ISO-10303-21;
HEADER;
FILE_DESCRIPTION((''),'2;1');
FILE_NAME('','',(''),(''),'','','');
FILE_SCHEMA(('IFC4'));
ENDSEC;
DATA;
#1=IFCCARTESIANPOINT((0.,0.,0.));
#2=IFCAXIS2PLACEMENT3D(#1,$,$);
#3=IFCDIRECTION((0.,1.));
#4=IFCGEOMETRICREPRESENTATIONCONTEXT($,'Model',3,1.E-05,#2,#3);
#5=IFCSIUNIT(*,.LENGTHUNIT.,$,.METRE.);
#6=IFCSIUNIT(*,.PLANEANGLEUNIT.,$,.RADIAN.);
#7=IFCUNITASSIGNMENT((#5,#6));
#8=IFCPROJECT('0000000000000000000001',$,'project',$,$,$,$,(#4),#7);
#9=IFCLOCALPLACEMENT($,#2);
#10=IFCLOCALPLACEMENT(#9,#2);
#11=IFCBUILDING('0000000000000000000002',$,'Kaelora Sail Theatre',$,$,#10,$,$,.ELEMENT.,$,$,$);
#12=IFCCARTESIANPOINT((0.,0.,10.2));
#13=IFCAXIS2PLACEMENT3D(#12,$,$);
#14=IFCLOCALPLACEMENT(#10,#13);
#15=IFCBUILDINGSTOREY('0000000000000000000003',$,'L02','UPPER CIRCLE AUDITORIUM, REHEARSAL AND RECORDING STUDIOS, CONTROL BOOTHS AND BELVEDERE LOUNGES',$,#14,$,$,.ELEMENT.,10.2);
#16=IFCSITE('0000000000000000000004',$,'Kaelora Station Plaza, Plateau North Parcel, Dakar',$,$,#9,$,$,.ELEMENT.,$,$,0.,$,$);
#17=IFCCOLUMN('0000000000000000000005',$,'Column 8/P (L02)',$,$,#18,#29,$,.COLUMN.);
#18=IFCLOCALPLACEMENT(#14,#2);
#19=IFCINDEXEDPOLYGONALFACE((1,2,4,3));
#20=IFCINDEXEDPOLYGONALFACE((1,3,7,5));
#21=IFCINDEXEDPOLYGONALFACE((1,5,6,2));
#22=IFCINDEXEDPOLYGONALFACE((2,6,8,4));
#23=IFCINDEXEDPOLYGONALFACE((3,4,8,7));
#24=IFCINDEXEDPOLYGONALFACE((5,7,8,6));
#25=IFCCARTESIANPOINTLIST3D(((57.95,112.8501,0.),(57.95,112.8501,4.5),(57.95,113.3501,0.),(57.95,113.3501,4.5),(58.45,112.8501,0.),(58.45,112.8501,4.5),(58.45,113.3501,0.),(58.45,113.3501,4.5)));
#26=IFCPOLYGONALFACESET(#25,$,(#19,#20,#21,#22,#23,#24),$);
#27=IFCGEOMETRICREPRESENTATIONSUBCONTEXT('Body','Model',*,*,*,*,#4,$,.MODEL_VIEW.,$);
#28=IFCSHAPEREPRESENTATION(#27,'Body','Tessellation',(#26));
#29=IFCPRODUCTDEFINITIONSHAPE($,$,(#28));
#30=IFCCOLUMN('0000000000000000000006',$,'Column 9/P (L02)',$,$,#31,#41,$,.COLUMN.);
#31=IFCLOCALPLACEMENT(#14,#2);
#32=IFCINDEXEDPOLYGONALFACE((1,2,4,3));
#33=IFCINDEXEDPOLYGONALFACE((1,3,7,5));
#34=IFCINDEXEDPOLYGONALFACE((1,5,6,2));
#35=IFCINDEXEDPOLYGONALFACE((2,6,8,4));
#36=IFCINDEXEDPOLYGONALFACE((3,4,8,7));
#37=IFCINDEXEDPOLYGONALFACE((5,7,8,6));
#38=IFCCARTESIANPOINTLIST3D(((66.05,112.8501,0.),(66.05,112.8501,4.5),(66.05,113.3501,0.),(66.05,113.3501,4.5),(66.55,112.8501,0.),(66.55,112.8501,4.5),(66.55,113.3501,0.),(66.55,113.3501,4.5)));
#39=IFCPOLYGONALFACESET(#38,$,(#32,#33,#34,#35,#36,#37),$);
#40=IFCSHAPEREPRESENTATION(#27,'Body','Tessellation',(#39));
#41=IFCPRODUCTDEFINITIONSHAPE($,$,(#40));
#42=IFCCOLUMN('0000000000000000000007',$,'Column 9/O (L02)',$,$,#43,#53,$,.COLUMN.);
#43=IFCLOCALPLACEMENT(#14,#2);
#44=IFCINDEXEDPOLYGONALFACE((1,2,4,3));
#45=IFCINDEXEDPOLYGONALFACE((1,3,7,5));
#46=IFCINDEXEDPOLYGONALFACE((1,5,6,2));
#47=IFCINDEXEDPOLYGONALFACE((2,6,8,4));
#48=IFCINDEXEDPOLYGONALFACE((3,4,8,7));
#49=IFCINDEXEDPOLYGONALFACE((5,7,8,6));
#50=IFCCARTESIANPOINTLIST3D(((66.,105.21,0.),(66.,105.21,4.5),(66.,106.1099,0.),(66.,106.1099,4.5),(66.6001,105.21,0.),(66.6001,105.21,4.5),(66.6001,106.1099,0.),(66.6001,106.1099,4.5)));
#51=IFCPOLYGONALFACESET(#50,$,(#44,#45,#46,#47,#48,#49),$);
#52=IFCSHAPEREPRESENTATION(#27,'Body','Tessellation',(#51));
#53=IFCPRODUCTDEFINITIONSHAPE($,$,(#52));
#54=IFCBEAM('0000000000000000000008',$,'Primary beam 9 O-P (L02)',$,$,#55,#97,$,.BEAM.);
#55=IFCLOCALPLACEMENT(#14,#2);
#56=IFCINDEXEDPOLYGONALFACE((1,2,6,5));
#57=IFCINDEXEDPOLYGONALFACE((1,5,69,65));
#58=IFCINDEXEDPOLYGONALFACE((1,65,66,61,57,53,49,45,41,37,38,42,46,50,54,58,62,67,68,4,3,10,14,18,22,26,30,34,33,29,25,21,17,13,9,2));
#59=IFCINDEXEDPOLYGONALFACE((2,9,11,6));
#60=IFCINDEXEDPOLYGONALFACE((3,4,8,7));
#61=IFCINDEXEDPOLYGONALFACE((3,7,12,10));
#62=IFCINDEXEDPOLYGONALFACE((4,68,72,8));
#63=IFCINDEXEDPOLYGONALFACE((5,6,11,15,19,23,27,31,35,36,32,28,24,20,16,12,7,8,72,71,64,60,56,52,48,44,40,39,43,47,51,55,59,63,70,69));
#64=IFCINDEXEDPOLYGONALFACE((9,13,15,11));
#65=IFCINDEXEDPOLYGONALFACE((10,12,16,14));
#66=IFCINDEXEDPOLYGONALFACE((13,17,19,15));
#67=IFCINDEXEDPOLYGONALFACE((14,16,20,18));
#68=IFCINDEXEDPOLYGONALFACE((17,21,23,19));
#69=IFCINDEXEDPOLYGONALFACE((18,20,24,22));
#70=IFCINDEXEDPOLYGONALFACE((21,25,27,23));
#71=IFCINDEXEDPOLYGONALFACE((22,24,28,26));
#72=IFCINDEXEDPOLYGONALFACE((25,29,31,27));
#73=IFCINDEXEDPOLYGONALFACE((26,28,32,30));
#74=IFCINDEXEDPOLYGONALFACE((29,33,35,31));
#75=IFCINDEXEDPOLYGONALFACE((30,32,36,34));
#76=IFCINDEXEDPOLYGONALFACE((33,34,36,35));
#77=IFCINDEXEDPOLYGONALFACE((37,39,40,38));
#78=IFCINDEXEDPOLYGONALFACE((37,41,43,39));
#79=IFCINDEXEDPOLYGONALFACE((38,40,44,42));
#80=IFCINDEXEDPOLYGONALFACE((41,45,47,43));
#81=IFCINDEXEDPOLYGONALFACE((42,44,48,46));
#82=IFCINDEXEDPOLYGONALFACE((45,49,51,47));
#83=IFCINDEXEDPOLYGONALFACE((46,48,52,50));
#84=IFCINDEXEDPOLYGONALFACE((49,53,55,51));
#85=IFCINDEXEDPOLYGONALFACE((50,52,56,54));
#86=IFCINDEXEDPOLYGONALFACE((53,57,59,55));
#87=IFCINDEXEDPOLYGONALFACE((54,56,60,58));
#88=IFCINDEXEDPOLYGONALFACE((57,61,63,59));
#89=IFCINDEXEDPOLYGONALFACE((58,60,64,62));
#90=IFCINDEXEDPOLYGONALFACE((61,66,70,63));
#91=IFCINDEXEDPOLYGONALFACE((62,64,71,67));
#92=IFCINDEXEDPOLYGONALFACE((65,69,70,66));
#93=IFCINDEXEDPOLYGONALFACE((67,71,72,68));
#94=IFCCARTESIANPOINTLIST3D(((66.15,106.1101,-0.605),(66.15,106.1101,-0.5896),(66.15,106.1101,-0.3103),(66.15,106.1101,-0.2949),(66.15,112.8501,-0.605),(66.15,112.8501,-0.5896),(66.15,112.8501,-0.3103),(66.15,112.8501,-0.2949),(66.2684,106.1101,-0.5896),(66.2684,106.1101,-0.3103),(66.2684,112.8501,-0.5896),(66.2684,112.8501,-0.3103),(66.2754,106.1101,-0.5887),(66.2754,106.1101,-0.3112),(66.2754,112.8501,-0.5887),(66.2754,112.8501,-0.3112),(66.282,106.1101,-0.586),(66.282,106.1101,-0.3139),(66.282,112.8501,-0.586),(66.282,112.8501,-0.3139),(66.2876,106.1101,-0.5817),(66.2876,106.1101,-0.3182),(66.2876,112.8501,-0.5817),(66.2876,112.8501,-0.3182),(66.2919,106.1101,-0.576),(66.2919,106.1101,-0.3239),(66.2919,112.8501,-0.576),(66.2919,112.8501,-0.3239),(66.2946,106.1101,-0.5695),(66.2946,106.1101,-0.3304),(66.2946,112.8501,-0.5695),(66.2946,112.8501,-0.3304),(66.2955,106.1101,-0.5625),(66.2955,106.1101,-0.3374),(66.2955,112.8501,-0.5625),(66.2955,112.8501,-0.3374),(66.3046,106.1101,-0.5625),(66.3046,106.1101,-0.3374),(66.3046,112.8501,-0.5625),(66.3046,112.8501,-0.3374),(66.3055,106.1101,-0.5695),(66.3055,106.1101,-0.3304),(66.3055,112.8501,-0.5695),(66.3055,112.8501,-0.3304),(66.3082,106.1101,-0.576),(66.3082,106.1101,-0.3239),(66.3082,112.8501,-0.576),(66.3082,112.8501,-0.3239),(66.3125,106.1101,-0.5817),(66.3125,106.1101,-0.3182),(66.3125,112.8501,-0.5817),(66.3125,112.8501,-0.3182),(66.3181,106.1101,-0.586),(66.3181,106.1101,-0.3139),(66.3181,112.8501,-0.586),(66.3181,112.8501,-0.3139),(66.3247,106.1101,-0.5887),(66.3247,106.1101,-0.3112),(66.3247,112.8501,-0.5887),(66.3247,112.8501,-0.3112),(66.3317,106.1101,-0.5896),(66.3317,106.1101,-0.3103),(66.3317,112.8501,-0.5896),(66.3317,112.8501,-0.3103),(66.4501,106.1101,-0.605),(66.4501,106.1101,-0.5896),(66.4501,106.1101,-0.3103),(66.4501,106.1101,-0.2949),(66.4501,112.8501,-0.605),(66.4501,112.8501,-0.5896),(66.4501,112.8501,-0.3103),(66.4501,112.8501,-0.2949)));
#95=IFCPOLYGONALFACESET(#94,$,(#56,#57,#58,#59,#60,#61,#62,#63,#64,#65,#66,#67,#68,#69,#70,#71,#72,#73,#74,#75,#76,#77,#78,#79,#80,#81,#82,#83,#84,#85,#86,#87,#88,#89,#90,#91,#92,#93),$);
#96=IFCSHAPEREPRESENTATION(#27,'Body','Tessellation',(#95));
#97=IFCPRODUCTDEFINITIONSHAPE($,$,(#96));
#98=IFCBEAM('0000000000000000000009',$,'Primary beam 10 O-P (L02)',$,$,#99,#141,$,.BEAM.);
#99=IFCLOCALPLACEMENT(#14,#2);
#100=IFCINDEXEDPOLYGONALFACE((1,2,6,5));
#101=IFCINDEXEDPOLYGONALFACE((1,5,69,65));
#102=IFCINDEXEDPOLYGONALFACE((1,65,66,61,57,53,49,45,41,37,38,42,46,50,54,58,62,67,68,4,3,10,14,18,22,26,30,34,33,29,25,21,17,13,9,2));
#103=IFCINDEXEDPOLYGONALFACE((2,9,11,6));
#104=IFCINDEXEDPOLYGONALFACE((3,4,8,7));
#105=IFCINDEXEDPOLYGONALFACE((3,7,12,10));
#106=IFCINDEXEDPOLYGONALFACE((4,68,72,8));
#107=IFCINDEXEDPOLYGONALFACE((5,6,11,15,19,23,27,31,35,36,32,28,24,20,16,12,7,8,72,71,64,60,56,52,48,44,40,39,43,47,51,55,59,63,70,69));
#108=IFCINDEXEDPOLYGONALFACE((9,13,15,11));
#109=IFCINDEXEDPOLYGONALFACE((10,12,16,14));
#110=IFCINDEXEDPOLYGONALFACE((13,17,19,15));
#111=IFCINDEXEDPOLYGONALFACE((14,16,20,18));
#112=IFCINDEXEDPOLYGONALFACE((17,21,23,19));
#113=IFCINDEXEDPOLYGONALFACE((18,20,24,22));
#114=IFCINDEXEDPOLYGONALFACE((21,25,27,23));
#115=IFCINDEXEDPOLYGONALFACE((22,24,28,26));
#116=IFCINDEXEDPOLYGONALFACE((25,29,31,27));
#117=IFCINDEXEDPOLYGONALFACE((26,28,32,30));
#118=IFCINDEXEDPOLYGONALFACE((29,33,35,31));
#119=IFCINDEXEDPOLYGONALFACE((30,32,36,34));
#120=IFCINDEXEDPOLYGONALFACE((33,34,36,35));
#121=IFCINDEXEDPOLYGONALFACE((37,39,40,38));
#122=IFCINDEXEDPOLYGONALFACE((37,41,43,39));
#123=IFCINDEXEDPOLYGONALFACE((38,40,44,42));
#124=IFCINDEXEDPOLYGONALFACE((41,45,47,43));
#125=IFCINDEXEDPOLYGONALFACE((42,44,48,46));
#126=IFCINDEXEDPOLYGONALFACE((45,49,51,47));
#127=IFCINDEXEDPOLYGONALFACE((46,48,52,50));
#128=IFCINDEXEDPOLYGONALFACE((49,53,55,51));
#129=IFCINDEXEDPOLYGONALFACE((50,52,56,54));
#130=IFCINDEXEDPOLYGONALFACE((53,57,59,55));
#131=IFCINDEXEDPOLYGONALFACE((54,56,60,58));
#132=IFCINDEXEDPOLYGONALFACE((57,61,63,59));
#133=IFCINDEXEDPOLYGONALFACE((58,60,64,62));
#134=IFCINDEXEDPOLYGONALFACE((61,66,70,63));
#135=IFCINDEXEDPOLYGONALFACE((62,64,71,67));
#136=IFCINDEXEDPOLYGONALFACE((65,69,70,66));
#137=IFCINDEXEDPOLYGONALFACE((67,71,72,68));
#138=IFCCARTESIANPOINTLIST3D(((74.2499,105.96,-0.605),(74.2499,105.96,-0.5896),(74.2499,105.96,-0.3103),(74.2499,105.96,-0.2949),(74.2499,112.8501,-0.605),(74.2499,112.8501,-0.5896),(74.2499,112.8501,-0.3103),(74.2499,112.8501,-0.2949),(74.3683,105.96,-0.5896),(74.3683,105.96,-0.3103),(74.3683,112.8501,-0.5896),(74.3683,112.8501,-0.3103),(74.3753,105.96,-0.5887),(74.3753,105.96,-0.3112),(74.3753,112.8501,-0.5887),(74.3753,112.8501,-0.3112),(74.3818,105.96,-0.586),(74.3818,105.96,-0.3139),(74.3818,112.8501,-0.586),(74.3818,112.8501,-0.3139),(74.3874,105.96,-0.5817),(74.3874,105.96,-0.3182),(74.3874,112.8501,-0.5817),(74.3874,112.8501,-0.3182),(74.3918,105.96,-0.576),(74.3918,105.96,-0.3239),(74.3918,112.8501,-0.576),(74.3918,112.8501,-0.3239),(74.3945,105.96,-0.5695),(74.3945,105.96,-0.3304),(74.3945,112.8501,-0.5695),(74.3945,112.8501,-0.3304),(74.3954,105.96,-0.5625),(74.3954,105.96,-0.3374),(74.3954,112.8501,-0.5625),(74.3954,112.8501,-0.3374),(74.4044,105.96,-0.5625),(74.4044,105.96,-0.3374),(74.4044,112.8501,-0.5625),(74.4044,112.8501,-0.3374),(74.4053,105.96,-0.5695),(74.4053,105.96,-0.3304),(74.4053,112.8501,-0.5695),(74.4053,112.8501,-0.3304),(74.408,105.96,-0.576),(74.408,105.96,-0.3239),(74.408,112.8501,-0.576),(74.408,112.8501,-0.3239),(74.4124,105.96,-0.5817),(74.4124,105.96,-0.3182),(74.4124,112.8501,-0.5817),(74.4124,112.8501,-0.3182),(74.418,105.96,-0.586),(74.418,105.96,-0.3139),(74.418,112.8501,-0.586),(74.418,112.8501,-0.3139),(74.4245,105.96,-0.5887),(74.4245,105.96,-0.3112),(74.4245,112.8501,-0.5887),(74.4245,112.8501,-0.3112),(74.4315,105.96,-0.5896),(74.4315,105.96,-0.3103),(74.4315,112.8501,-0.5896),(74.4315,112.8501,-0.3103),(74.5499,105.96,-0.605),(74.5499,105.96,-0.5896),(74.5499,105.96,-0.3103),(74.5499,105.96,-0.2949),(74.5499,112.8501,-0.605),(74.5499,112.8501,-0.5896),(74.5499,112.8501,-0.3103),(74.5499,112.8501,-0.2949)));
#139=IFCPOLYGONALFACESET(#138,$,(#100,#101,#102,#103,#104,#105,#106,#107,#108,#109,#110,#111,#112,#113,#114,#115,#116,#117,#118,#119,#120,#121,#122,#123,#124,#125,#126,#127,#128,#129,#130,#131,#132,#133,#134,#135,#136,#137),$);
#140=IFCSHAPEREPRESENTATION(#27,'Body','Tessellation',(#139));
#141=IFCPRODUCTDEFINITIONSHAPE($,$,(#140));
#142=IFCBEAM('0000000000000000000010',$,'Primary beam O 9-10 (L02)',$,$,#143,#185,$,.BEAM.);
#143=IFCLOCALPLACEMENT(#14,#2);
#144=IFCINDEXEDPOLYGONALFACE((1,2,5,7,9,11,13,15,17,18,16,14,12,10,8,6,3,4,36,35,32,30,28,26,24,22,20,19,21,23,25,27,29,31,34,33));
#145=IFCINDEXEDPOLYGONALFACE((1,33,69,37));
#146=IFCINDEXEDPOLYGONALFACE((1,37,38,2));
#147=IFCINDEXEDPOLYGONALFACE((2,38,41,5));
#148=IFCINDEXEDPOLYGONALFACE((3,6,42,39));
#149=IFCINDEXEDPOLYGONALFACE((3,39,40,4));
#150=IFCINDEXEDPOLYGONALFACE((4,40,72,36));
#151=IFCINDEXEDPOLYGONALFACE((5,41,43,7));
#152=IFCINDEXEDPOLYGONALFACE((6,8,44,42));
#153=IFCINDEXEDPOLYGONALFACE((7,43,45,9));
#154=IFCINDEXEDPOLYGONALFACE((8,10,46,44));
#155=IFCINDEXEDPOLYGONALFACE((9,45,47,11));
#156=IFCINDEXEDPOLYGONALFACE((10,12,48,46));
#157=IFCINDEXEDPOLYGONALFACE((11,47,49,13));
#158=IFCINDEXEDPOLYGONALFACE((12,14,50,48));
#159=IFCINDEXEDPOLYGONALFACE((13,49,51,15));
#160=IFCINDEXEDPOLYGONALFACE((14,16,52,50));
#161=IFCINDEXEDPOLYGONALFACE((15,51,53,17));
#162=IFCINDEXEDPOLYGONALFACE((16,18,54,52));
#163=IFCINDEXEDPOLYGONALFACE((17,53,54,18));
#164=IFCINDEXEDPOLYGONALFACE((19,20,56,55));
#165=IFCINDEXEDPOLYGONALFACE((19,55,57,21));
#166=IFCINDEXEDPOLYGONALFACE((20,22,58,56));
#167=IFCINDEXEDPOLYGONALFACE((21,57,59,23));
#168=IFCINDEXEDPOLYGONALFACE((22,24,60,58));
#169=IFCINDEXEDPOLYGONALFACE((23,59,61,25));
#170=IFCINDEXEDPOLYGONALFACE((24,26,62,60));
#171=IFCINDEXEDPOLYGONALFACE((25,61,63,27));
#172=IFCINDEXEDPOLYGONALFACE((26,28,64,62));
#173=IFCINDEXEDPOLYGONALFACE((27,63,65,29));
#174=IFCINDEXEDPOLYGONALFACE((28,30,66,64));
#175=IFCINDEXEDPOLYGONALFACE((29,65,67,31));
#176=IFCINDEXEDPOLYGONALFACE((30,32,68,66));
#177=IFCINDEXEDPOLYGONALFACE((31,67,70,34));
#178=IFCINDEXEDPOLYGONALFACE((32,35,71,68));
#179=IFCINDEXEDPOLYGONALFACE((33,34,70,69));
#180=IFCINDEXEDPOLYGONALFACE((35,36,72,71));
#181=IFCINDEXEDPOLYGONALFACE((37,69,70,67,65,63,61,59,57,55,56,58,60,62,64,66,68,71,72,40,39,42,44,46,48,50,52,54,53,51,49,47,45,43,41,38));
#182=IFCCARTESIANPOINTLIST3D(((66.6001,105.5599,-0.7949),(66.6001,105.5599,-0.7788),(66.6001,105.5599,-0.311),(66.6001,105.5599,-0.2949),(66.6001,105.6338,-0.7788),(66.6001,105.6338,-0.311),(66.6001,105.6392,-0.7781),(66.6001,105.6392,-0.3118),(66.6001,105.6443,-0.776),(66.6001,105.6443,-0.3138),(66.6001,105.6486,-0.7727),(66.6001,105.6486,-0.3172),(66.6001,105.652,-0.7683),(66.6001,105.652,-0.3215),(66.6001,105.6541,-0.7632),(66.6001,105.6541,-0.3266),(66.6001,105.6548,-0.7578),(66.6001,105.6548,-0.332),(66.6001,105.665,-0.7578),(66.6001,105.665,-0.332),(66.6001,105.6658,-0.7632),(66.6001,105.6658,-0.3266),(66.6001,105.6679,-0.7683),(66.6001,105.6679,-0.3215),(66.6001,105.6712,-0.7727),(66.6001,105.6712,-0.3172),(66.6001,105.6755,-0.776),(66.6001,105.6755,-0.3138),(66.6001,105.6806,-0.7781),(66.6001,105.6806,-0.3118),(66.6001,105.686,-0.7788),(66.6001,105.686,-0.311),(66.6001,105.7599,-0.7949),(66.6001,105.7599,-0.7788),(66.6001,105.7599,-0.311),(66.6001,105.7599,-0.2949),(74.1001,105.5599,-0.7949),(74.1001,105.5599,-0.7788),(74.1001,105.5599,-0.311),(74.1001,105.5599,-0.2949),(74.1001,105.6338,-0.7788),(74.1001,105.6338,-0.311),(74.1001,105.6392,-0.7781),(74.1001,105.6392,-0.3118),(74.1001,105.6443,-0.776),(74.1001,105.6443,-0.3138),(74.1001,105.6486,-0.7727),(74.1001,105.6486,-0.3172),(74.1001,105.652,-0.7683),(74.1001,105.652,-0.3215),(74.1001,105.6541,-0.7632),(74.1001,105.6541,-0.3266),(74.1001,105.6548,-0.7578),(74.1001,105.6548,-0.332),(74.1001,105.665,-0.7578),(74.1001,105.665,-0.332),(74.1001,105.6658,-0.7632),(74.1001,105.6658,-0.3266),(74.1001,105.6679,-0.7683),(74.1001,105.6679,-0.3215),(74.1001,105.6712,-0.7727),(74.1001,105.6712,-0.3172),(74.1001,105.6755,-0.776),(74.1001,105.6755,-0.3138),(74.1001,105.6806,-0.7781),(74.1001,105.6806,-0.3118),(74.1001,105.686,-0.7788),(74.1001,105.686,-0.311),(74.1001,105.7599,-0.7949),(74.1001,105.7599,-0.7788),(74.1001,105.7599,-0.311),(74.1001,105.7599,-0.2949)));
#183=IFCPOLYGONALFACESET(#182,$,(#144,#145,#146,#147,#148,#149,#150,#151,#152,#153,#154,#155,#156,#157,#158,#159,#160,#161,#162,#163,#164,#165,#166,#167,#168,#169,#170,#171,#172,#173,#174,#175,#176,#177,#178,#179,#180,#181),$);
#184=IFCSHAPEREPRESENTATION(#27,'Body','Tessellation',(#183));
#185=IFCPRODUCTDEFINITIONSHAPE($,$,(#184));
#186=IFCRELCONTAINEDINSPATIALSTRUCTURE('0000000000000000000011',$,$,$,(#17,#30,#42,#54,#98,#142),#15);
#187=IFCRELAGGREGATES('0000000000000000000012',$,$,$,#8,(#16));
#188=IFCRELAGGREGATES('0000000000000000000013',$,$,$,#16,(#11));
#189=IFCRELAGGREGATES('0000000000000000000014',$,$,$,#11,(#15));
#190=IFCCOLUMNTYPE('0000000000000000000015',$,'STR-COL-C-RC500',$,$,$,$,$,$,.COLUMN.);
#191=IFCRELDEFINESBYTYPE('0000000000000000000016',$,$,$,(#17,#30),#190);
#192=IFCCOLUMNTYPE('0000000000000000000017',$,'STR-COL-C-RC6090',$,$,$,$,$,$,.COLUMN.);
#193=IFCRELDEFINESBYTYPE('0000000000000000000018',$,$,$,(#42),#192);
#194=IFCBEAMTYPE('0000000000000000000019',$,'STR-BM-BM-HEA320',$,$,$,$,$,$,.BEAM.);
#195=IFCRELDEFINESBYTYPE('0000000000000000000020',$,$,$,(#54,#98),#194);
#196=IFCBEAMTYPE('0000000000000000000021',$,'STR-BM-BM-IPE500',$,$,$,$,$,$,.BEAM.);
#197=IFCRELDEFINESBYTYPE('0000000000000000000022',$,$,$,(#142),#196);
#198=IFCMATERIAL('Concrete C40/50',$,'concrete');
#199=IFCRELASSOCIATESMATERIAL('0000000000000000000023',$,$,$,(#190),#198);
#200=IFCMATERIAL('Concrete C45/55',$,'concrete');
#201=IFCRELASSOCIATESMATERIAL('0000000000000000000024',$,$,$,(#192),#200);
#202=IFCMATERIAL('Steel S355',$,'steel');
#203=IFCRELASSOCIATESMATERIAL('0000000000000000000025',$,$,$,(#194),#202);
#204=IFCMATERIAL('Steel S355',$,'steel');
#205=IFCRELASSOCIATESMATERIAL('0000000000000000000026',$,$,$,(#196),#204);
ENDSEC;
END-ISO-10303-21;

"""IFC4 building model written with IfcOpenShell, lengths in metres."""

from ifc_helpers import new_model, si_unit, direction, frame, origin, origin_2d, place, context, subcontext, project, spatial, rectangle, i_section, extrude, material, material_profile, profile_set, type_object, element, save


model = new_model("IFC4")

# Units and contexts
model_context = context("Model", 3, precision=1e-05, world=origin(), true_north=direction((0.0, 1.0)))
body_context = subcontext(model_context, "Body", "Model", "MODEL_VIEW")
ifc_project = project(units=[si_unit("LENGTHUNIT", "METRE"), si_unit("PLANEANGLEUNIT", "RADIAN")], contexts=[model_context])

# Site, building, storey
site_placement = place(None, origin())
site = spatial("IfcSite", under=ifc_project, at=site_placement, Name="Kaelora Station Plaza, Plateau North Parcel, Dakar", CompositionType="ELEMENT", RefElevation=0.0)
building_placement = place(site_placement, origin())
building = spatial("IfcBuilding", under=site, at=building_placement, Name="Kaelora Sail Theatre", CompositionType="ELEMENT")
storey_placement = place(building_placement, frame((0.0, 0.0, 10.2)))
storey = spatial("IfcBuildingStorey", under=building, at=storey_placement, Name="L02", Description="UPPER CIRCLE AUDITORIUM, REHEARSAL AND RECORDING STUDIOS, CONTROL BOOTHS AND BELVEDERE LOUNGES", CompositionType="ELEMENT", Elevation=10.2)

# Columns
ifc_material_1 = material(Name="Concrete C40/50", Category="concrete")
ifc_material_profile_1 = material_profile(ifc_material_1, rectangle(XDim=0.5, YDim=0.5, at=origin_2d()), Name="RC-COL 500x500")
ifc_profile_set_1 = profile_set([ifc_material_profile_1], Name="Concrete C40/50")
column_type_1 = type_object("IfcColumnType", Name="STR-COL-C-RC500", PredefinedType="COLUMN", material=ifc_profile_set_1)
for number, where, z_axis, x_axis, name in (
    (1, (58.2, 113.1001, 0.0), (0.0, 0.0, 1.0), (1.0, 0.0, 0.0), "Column 8/P (L02)"),
    (2, (66.3, 113.1001, 0.0), (0.0, 0.0, 1.0), (1.0, 0.0, 0.0), "Column 9/P (L02)"),
):
    element("IfcColumn", number, at=place(storey_placement, frame(where, z_axis=z_axis, x_axis=x_axis)), inside=storey, type_object=column_type_1, Name=name, PredefinedType="COLUMN", context=body_context, shape_type="SweptSolid", body=[
        extrude(rectangle(XDim=0.5, YDim=0.5, at=origin_2d()), origin(), (0.0, 0.0, 1.0), 4.5),
    ])
ifc_material_2 = material(Name="Concrete C45/55", Category="concrete")
ifc_material_profile_2 = material_profile(ifc_material_2, rectangle(XDim=0.6001, YDim=0.8999, at=origin_2d()), Name="RC-COL 600x900")
ifc_profile_set_2 = profile_set([ifc_material_profile_2], Name="Concrete C45/55")
column_type_2 = type_object("IfcColumnType", Name="STR-COL-C-RC6090", PredefinedType="COLUMN", material=ifc_profile_set_2)
column_placement = place(storey_placement, frame((66.3, 105.6599, 0.0), z_axis=(0.0, 0.0, 1.0), x_axis=(1.0, 0.0, 0.0)))
element("IfcColumn", 3, at=column_placement, inside=storey, type_object=column_type_2, Name="Column 9/O (L02)", PredefinedType="COLUMN", context=body_context, shape_type="SweptSolid", body=[
    extrude(rectangle(XDim=0.6001, YDim=0.8999, at=origin_2d()), origin(), (0.0, 0.0, 1.0), 4.5),
])

# Beams
ifc_material_3 = material(Name="Steel S355", Category="steel")
ifc_material_profile_3 = material_profile(ifc_material_3, i_section(OverallWidth=0.3, OverallDepth=0.3101, WebThickness=0.009, FlangeThickness=0.0154, FilletRadius=0.0271, at=origin_2d()), Name="HEA 320")
ifc_profile_set_3 = profile_set([ifc_material_profile_3], Name="Steel S355")
beam_type_1 = type_object("IfcBeamType", Name="STR-BM-BM-HEA320", PredefinedType="BEAM", material=ifc_profile_set_3)
beam_1_placement = place(storey_placement, frame((66.3, 106.1101, -0.45), z_axis=(0.0, 1.0, 0.0), x_axis=(-1.0, 0.0, 0.0)))
element("IfcBeam", 4, at=beam_1_placement, inside=storey, type_object=beam_type_1, Name="Primary beam 9 O-P (L02)", PredefinedType="BEAM", context=body_context, shape_type="SweptSolid", body=[
    extrude(i_section(OverallWidth=0.3, OverallDepth=0.3101, WebThickness=0.009, FlangeThickness=0.0154, FilletRadius=0.0271, at=origin_2d()), origin(), (0.0, 0.0, 1.0), 6.74),
])
beam_2_placement = place(storey_placement, frame((74.3999, 105.96, -0.45), z_axis=(0.0, 1.0, 0.0), x_axis=(-1.0, 0.0, 0.0)))
element("IfcBeam", 5, at=beam_2_placement, inside=storey, type_object=beam_type_1, Name="Primary beam 10 O-P (L02)", PredefinedType="BEAM", context=body_context, shape_type="SweptSolid", body=[
    extrude(i_section(OverallWidth=0.3, OverallDepth=0.3101, WebThickness=0.009, FlangeThickness=0.0154, FilletRadius=0.0271, at=origin_2d()), origin(), (0.0, 0.0, 1.0), 6.8901),
])
ifc_material_4 = material(Name="Steel S355", Category="steel")
ifc_material_profile_4 = material_profile(ifc_material_4, i_section(OverallWidth=0.2, OverallDepth=0.5, WebThickness=0.0103, FlangeThickness=0.0161, FilletRadius=0.021, at=origin_2d()), Name="IPE 500")
ifc_profile_set_4 = profile_set([ifc_material_profile_4], Name="Steel S355")
beam_type_2 = type_object("IfcBeamType", Name="STR-BM-BM-IPE500", PredefinedType="BEAM", material=ifc_profile_set_4)
for number, where, z_axis, x_axis, name in (
    (6, (66.6001, 105.6599, -0.5449), (1.0, 0.0, 0.0), (0.0, 1.0, 0.0), "Primary beam O 9-10 (L02)"),
):
    element("IfcBeam", number, at=place(storey_placement, frame(where, z_axis=z_axis, x_axis=x_axis)), inside=storey, type_object=beam_type_2, Name=name, PredefinedType="BEAM", context=body_context, shape_type="SweptSolid", body=[
        extrude(i_section(OverallWidth=0.2, OverallDepth=0.5, WebThickness=0.0103, FlangeThickness=0.0161, FilletRadius=0.021, at=origin_2d()), origin(), (0.0, 0.0, 1.0), 7.5),
    ])

save(model, "model.ifc")
